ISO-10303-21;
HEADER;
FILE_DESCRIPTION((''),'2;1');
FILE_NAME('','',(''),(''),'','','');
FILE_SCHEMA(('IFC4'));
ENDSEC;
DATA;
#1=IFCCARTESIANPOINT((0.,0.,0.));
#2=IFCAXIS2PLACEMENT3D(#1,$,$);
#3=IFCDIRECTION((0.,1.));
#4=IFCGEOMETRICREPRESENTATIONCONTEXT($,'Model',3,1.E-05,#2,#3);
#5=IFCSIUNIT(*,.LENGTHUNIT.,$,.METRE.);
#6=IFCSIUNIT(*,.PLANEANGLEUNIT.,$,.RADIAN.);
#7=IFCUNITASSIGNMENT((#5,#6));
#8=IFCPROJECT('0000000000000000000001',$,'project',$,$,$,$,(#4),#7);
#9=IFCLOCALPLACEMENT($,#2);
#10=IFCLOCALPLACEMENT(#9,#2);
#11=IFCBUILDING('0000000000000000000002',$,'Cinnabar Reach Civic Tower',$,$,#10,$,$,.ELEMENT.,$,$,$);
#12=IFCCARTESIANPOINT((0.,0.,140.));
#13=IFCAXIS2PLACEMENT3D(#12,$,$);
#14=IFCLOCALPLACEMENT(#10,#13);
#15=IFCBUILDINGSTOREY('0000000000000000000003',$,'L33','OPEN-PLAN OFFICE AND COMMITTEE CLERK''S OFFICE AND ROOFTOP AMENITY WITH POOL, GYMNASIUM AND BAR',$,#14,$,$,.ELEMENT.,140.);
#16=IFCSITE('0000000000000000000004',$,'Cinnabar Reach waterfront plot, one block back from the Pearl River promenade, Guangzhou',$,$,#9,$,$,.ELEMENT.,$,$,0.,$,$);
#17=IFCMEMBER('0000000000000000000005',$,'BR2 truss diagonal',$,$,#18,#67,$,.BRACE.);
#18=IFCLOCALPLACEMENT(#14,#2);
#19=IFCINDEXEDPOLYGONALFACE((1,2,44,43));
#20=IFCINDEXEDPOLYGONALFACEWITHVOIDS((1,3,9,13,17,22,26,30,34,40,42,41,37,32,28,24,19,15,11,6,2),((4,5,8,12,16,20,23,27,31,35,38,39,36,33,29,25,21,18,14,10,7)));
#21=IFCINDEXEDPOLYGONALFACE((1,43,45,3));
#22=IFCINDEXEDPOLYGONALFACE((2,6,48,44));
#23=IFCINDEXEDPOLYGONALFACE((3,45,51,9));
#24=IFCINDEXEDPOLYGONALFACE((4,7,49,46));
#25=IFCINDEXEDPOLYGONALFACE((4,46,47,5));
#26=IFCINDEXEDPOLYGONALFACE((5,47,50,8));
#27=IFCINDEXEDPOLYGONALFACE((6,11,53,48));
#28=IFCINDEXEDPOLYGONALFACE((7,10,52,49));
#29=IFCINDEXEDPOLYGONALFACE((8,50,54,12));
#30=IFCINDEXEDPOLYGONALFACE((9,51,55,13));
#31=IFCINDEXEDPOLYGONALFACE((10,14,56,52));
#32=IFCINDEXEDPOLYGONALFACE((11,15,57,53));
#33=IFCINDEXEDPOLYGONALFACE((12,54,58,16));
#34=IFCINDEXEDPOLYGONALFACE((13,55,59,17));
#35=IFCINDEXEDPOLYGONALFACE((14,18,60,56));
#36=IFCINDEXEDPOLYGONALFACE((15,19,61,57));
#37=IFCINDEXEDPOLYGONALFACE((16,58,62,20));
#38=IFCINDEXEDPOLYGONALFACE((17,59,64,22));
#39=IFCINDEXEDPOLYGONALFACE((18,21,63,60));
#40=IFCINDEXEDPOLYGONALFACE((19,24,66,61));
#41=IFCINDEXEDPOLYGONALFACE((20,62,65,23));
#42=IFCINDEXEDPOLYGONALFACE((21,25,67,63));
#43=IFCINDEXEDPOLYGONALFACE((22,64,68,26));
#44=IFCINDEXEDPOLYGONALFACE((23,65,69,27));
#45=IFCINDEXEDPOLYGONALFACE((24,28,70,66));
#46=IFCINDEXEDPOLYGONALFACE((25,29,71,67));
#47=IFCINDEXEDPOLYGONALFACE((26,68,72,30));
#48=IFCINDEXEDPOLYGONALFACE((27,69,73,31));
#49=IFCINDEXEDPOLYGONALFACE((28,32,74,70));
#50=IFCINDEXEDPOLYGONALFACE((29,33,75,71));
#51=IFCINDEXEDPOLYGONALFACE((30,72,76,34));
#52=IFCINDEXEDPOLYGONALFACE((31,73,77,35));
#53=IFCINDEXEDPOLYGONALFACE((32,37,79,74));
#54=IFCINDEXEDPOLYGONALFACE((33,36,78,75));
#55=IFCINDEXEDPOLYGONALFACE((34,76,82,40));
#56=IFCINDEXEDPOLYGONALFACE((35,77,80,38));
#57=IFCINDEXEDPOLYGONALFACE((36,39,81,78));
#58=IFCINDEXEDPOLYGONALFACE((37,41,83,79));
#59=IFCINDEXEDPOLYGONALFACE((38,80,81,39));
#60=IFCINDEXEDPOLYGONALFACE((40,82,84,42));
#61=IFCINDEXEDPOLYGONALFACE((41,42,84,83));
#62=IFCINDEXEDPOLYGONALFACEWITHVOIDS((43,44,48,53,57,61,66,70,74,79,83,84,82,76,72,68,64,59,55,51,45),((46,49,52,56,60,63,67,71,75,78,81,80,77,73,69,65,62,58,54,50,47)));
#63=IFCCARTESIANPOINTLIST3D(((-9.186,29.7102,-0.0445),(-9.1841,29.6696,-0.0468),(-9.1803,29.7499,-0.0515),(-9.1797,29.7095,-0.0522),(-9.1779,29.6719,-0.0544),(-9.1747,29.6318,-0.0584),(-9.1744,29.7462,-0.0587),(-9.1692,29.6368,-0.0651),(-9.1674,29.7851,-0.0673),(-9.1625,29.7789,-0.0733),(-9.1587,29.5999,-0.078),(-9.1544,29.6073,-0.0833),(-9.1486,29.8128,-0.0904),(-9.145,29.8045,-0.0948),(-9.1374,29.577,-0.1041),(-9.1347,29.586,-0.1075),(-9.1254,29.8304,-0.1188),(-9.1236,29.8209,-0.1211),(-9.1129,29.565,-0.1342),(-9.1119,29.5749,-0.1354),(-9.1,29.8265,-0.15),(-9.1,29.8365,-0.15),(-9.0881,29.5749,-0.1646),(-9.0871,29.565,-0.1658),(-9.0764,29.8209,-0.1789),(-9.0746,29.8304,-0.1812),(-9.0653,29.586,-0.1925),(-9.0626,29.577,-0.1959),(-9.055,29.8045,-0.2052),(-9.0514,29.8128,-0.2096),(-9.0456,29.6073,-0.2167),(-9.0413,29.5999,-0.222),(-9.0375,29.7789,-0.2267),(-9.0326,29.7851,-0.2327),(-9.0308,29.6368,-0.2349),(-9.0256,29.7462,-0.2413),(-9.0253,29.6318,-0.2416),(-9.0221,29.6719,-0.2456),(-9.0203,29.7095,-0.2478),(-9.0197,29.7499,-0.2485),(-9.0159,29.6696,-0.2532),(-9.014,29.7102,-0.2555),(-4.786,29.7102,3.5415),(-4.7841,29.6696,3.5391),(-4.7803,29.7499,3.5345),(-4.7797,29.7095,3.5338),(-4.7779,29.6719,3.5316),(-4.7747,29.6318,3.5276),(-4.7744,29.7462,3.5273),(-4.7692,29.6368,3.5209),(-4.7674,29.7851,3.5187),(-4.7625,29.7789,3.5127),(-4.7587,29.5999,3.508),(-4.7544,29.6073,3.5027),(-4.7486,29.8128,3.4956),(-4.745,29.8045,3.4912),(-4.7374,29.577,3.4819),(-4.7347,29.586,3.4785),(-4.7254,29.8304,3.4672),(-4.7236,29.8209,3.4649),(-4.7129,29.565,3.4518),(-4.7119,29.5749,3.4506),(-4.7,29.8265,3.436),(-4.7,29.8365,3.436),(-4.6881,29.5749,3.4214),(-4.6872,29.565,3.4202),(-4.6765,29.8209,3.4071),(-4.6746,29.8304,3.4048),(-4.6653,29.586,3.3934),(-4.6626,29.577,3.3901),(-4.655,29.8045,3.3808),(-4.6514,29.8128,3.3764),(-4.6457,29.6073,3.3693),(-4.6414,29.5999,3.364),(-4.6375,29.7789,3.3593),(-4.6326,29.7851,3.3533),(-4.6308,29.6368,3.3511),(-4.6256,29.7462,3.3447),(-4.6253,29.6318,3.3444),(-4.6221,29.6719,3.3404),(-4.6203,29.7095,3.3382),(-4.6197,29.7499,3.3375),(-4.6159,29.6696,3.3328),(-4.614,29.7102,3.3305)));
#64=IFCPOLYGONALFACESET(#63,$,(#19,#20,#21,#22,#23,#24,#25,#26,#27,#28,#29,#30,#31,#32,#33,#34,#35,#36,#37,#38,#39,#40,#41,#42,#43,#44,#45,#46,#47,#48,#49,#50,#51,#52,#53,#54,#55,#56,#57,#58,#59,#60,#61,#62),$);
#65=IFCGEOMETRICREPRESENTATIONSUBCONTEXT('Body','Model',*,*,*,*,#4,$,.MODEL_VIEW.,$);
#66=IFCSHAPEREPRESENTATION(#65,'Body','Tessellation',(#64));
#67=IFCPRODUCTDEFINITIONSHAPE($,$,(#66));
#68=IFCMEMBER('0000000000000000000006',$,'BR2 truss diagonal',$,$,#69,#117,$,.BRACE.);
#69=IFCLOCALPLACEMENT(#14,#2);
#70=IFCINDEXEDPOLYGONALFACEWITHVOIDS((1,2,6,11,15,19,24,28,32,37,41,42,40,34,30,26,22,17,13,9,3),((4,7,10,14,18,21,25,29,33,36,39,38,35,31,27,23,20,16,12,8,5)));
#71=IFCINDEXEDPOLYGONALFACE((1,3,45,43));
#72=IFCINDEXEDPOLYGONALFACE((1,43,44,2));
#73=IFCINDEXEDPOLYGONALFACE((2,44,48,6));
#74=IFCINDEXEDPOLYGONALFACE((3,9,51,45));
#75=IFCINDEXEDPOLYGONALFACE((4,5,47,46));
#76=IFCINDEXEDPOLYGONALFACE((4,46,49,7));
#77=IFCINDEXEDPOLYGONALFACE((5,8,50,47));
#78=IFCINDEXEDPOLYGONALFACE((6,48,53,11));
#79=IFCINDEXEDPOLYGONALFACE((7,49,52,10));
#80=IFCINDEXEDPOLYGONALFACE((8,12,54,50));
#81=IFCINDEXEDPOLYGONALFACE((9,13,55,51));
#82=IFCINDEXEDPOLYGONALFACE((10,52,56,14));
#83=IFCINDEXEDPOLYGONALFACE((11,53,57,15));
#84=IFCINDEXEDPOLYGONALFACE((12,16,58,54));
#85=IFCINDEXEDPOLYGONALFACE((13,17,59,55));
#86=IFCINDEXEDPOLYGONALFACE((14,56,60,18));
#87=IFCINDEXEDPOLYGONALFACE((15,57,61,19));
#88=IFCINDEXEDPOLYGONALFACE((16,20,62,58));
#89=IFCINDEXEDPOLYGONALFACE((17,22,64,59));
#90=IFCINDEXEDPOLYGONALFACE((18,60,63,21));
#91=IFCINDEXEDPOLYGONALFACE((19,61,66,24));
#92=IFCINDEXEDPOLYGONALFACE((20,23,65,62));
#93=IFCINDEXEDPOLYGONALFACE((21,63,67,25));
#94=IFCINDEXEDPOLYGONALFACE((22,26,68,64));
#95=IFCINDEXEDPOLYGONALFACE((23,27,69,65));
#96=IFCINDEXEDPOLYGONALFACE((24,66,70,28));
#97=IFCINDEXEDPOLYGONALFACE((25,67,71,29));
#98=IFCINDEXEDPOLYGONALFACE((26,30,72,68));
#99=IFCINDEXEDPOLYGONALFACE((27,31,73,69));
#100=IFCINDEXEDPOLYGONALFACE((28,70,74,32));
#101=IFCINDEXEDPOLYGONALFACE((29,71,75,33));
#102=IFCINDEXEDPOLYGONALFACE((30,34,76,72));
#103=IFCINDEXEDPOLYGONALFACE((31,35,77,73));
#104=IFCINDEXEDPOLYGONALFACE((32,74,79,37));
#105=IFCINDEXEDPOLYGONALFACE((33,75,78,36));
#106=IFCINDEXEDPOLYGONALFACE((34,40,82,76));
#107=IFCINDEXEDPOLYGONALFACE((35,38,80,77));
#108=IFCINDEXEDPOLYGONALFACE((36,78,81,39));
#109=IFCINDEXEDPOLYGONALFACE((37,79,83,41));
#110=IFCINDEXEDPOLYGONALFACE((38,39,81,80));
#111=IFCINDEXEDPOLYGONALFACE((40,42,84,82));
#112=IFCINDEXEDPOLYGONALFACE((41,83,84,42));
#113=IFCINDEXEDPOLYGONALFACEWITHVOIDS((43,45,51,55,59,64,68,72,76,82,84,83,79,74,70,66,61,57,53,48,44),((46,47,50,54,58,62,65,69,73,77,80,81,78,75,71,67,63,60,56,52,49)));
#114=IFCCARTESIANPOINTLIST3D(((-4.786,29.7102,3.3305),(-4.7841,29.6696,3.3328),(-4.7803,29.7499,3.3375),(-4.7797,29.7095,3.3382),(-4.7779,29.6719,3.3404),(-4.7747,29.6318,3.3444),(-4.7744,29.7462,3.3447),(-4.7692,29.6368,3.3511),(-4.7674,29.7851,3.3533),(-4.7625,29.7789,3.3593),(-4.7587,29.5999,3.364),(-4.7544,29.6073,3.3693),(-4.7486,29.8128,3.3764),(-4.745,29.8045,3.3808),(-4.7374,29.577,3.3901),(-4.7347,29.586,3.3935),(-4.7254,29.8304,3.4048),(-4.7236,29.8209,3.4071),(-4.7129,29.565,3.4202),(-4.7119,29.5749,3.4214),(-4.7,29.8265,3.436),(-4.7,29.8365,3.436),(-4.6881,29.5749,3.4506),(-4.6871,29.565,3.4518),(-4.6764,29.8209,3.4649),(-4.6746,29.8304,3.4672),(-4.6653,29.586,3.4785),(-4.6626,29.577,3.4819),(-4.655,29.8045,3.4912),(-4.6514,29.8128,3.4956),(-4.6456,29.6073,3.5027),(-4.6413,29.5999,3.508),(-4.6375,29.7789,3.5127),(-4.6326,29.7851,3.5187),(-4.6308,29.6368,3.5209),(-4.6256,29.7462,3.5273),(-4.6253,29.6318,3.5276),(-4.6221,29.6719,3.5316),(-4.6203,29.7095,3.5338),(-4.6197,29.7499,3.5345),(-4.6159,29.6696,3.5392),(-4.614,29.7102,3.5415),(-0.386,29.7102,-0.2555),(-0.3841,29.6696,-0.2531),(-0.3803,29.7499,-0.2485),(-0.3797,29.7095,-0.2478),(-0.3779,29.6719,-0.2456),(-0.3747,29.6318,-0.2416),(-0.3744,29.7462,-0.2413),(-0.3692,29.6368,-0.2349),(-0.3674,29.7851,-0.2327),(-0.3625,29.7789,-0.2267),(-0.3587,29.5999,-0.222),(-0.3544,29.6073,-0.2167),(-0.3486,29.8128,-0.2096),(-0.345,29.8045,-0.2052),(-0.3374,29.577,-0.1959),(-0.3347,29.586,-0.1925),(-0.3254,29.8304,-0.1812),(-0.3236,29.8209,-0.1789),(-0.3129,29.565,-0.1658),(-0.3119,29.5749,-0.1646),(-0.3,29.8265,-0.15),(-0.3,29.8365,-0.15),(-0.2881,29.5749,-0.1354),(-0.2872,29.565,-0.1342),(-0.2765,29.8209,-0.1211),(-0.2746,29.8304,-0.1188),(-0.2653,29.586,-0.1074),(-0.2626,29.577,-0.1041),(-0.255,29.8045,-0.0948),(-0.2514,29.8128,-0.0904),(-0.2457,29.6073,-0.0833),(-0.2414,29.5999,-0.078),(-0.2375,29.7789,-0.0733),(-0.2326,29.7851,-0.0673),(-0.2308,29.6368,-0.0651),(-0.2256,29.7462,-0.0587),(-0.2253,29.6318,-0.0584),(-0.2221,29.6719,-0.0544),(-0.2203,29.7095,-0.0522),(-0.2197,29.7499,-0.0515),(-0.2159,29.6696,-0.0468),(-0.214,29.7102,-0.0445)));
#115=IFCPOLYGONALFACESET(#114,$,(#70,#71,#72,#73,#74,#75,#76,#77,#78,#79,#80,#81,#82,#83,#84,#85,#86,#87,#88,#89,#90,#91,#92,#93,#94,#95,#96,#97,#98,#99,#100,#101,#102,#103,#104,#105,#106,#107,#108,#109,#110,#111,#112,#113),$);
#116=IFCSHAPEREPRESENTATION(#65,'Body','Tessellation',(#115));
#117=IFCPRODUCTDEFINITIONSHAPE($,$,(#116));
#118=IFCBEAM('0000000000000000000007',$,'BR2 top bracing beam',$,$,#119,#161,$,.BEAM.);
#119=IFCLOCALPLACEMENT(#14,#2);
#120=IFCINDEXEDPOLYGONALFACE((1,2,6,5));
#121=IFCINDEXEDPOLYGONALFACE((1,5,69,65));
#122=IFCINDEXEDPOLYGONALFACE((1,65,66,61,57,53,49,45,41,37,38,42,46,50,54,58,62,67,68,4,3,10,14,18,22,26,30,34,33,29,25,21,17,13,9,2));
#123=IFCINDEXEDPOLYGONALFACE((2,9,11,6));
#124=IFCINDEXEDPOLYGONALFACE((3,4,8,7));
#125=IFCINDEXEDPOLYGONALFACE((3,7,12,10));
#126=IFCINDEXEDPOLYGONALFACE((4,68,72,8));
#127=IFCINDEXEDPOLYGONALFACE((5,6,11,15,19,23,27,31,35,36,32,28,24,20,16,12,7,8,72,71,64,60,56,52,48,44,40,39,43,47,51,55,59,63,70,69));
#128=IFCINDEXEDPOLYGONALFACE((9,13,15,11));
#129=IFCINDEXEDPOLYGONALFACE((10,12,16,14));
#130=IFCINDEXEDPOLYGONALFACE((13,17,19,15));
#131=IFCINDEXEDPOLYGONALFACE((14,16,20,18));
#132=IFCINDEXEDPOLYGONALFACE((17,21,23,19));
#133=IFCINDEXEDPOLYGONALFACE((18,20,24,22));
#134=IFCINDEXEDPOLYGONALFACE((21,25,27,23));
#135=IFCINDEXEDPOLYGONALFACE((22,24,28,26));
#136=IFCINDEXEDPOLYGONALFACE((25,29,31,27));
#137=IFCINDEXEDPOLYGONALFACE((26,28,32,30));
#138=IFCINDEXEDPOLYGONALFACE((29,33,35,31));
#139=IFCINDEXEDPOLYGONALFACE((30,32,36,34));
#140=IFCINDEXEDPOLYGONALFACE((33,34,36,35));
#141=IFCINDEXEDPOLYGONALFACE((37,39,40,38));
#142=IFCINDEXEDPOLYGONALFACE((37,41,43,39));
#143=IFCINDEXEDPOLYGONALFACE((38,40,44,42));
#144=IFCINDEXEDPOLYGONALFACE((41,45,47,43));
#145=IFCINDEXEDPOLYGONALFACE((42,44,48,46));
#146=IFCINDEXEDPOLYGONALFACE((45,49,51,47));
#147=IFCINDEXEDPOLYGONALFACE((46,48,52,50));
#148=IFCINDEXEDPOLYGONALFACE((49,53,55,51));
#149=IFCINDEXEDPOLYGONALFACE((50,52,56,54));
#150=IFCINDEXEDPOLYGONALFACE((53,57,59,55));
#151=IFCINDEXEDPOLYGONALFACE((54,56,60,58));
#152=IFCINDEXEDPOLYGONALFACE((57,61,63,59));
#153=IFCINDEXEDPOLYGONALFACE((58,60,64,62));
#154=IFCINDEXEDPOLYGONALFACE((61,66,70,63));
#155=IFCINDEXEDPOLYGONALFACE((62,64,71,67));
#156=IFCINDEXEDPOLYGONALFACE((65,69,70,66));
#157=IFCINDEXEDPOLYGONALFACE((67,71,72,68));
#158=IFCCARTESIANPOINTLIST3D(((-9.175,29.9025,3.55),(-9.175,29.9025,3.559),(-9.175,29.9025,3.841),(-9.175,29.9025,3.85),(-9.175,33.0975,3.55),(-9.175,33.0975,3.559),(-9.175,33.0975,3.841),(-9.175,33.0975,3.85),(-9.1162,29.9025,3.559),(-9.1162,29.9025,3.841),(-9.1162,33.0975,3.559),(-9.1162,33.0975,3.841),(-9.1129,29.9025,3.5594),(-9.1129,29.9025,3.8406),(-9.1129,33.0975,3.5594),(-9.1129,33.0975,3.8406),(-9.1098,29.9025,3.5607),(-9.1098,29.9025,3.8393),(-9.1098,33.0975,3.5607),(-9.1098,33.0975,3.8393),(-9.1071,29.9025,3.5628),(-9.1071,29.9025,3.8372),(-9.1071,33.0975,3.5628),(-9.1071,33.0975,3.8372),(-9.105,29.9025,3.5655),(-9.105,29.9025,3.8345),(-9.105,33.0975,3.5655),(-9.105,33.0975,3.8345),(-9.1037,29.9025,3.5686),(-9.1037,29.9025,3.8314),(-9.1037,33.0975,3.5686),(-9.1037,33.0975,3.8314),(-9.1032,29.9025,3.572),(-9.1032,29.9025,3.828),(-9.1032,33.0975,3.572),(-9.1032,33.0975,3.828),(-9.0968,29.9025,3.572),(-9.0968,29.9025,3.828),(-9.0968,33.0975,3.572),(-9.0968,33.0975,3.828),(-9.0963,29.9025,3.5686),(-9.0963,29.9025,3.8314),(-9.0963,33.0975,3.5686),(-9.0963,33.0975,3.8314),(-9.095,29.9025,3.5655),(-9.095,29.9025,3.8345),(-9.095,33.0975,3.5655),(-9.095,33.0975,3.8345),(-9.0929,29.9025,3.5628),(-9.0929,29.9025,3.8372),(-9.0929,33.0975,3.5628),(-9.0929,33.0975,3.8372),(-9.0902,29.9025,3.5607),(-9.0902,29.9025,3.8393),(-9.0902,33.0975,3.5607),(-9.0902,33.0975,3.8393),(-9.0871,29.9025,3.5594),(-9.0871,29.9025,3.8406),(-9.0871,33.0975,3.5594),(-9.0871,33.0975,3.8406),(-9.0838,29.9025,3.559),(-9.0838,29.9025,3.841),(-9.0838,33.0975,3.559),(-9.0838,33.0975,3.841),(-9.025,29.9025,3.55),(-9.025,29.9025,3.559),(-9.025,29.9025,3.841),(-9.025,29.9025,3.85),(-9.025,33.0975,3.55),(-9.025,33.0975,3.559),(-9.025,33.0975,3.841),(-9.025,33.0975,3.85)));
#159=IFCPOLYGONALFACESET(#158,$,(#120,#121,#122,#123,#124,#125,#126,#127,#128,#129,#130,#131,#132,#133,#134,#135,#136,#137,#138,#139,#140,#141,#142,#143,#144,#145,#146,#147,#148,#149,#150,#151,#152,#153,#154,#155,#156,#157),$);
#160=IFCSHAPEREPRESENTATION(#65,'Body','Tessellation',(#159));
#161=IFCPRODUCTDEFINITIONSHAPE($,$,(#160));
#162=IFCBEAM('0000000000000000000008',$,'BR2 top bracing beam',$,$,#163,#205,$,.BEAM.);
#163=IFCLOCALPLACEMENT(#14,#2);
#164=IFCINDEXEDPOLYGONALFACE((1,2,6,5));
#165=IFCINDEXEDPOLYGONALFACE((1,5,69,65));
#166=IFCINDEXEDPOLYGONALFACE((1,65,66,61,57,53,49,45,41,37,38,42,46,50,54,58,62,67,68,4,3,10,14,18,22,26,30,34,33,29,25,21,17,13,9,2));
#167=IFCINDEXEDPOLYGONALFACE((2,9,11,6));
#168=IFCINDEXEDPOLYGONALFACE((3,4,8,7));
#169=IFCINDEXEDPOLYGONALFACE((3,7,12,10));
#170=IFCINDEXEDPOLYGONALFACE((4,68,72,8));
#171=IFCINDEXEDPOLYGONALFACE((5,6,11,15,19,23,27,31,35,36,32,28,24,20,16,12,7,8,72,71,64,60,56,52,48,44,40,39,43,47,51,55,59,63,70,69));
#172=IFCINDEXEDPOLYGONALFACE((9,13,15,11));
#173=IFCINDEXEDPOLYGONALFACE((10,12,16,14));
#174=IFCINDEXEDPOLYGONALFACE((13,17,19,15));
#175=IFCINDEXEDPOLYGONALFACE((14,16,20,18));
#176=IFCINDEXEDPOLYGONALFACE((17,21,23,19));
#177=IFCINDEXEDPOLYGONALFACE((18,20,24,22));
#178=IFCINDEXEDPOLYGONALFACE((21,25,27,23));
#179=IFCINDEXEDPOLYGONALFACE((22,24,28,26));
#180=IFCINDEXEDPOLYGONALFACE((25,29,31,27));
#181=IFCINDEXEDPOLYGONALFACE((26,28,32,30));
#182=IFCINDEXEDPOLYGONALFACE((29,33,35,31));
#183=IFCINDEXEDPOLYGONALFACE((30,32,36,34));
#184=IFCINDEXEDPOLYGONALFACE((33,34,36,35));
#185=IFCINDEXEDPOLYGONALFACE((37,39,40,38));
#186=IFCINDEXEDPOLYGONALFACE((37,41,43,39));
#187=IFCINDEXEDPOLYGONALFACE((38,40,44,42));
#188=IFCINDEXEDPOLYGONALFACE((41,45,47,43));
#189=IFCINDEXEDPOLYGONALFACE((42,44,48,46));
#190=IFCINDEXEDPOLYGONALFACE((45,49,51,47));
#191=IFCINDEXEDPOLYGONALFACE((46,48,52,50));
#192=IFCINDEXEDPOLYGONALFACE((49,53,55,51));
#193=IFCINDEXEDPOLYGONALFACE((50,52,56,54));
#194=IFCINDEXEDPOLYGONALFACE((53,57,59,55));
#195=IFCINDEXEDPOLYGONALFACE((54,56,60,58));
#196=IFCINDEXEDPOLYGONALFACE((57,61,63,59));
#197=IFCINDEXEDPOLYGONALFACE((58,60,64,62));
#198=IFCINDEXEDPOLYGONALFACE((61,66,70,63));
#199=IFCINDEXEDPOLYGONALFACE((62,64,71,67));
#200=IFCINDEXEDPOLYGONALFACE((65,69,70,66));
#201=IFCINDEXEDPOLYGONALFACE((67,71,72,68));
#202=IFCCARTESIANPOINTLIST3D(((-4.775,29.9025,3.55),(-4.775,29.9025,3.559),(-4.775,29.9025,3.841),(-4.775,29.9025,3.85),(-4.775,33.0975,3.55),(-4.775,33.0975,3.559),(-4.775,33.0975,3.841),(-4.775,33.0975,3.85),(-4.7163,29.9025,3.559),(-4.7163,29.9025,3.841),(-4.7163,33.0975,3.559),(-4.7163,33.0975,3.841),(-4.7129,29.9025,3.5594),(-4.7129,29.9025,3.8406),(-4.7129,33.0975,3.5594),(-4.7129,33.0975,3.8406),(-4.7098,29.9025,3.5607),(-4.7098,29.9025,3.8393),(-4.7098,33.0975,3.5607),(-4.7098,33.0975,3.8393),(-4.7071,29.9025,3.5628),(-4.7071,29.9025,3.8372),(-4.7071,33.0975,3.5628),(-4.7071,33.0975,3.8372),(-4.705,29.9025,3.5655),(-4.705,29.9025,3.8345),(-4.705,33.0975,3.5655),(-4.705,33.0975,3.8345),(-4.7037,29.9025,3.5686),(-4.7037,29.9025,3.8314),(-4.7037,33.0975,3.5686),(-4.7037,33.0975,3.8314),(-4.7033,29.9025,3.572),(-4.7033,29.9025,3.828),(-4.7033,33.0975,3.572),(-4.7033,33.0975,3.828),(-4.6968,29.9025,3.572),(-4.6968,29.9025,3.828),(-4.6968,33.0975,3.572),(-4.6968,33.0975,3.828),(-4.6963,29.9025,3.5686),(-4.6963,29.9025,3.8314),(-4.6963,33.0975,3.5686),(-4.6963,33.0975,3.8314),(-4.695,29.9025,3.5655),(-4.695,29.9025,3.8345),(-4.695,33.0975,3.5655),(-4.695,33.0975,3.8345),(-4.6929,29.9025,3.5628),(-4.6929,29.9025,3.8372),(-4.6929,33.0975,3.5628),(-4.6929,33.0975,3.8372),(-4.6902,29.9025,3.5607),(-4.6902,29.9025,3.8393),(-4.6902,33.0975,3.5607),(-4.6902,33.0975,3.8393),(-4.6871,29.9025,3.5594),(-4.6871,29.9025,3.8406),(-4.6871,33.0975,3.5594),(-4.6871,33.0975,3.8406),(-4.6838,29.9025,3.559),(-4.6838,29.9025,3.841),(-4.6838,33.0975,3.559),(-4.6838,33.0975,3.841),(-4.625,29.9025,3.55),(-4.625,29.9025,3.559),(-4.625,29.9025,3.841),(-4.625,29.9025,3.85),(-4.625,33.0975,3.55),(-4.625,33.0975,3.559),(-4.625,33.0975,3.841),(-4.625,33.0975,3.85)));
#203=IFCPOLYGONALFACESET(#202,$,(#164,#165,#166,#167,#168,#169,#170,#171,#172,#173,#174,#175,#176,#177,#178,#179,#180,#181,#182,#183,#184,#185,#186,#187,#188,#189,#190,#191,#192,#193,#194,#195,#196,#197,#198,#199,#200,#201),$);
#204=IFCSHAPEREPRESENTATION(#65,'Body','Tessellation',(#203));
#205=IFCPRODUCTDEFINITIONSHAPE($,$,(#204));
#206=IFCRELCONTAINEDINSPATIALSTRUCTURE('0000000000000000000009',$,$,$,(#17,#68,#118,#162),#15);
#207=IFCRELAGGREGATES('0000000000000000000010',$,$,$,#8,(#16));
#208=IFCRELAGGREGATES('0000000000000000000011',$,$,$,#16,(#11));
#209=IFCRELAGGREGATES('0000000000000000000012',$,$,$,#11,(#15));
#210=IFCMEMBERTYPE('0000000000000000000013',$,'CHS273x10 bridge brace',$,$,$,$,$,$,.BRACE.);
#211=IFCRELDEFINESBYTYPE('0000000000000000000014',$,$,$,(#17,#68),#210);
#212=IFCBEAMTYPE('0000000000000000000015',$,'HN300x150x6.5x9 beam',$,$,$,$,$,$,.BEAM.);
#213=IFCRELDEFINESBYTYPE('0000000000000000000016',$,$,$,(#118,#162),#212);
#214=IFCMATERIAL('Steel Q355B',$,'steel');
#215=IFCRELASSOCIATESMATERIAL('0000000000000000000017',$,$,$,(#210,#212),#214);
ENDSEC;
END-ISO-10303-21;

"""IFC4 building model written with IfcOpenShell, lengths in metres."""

from ifc_helpers import new_model, si_unit, direction, frame, origin, origin_2d, place, context, subcontext, project, spatial, hollow_circle, i_section, extrude, material, material_profile, profile_set, type_object, element, save


model = new_model("IFC4")

# Units and contexts
model_context = context("Model", 3, precision=1e-05, world=origin(), true_north=direction((0.0, 1.0)))
body_context = subcontext(model_context, "Body", "Model", "MODEL_VIEW")
ifc_project = project(units=[si_unit("LENGTHUNIT", "METRE"), si_unit("PLANEANGLEUNIT", "RADIAN")], contexts=[model_context])

# Site, building, storey
site_placement = place(None, origin())
site = spatial("IfcSite", under=ifc_project, at=site_placement, Name="Cinnabar Reach waterfront plot, one block back from the Pearl River promenade, Guangzhou", CompositionType="ELEMENT", RefElevation=0.0)
building_placement = place(site_placement, origin())
building = spatial("IfcBuilding", under=site, at=building_placement, Name="Cinnabar Reach Civic Tower", CompositionType="ELEMENT")
storey_placement = place(building_placement, frame((0.0, 0.0, 140.0)))
storey = spatial("IfcBuildingStorey", under=building, at=storey_placement, Name="L33", Description="OPEN-PLAN OFFICE AND COMMITTEE CLERK'S OFFICE AND ROOFTOP AMENITY WITH POOL, GYMNASIUM AND BAR", CompositionType="ELEMENT", Elevation=140.0)

# Members
ifc_material_1 = material(Name="Steel Q355B", Category="steel")
ifc_material_profile_1 = material_profile(ifc_material_1, hollow_circle(Radius=0.1365, WallThickness=0.01, at=origin_2d()), Name="CHS273x10")
ifc_profile_set_1 = profile_set([ifc_material_profile_1], Name="Steel Q355B")
member_type_1 = type_object("IfcMemberType", Name="CHS273x10 bridge brace", PredefinedType="BRACE", material=ifc_profile_set_1)
for number, where, z_axis, x_axis, name in (
    (1, (-9.1, 29.7, -0.15), (0.775165, 0.0, 0.631759), (0.0, 1.0, 0.0), "BR2 truss diagonal"),
    (2, (-4.7, 29.7, 3.436), (0.775165, 0.0, -0.631759), (0.0, 1.0, 0.0), "BR2 truss diagonal"),
):
    element("IfcMember", number, at=place(storey_placement, frame(where, z_axis=z_axis, x_axis=x_axis)), inside=storey, type_object=member_type_1, Name=name, PredefinedType="BRACE", context=body_context, shape_type="SweptSolid", body=[
        extrude(hollow_circle(Radius=0.1365, WallThickness=0.01, at=origin_2d()), origin(), (0.0, 0.0, 1.0), 5.6762),
    ])

# Beams
ifc_material_profile_2 = material_profile(ifc_material_1, i_section(OverallWidth=0.15, OverallDepth=0.3, WebThickness=0.0065, FlangeThickness=0.009, FilletRadius=0.013, at=origin_2d()), Name="HN300x150x6.5x9")
ifc_profile_set_2 = profile_set([ifc_material_profile_2], Name="Steel Q355B")
beam_type_1 = type_object("IfcBeamType", Name="HN300x150x6.5x9 beam", PredefinedType="BEAM", material=ifc_profile_set_2)
for number, where, z_axis, x_axis, name in (
    (3, (-9.1, 29.9025, 3.7), (0.0, 1.0, 0.0), (-1.0, 0.0, 0.0), "BR2 top bracing beam"),
    (4, (-4.7, 29.9025, 3.7), (0.0, 1.0, 0.0), (-1.0, 0.0, 0.0), "BR2 top bracing beam"),
):
    element("IfcBeam", number, at=place(storey_placement, frame(where, z_axis=z_axis, x_axis=x_axis)), inside=storey, type_object=beam_type_1, Name=name, PredefinedType="BEAM", context=body_context, shape_type="SweptSolid", body=[
        extrude(i_section(OverallWidth=0.15, OverallDepth=0.3, WebThickness=0.0065, FlangeThickness=0.009, FilletRadius=0.013, at=origin_2d()), origin(), (0.0, 0.0, 1.0), 3.195),
    ])

save(model, "model.ifc")
